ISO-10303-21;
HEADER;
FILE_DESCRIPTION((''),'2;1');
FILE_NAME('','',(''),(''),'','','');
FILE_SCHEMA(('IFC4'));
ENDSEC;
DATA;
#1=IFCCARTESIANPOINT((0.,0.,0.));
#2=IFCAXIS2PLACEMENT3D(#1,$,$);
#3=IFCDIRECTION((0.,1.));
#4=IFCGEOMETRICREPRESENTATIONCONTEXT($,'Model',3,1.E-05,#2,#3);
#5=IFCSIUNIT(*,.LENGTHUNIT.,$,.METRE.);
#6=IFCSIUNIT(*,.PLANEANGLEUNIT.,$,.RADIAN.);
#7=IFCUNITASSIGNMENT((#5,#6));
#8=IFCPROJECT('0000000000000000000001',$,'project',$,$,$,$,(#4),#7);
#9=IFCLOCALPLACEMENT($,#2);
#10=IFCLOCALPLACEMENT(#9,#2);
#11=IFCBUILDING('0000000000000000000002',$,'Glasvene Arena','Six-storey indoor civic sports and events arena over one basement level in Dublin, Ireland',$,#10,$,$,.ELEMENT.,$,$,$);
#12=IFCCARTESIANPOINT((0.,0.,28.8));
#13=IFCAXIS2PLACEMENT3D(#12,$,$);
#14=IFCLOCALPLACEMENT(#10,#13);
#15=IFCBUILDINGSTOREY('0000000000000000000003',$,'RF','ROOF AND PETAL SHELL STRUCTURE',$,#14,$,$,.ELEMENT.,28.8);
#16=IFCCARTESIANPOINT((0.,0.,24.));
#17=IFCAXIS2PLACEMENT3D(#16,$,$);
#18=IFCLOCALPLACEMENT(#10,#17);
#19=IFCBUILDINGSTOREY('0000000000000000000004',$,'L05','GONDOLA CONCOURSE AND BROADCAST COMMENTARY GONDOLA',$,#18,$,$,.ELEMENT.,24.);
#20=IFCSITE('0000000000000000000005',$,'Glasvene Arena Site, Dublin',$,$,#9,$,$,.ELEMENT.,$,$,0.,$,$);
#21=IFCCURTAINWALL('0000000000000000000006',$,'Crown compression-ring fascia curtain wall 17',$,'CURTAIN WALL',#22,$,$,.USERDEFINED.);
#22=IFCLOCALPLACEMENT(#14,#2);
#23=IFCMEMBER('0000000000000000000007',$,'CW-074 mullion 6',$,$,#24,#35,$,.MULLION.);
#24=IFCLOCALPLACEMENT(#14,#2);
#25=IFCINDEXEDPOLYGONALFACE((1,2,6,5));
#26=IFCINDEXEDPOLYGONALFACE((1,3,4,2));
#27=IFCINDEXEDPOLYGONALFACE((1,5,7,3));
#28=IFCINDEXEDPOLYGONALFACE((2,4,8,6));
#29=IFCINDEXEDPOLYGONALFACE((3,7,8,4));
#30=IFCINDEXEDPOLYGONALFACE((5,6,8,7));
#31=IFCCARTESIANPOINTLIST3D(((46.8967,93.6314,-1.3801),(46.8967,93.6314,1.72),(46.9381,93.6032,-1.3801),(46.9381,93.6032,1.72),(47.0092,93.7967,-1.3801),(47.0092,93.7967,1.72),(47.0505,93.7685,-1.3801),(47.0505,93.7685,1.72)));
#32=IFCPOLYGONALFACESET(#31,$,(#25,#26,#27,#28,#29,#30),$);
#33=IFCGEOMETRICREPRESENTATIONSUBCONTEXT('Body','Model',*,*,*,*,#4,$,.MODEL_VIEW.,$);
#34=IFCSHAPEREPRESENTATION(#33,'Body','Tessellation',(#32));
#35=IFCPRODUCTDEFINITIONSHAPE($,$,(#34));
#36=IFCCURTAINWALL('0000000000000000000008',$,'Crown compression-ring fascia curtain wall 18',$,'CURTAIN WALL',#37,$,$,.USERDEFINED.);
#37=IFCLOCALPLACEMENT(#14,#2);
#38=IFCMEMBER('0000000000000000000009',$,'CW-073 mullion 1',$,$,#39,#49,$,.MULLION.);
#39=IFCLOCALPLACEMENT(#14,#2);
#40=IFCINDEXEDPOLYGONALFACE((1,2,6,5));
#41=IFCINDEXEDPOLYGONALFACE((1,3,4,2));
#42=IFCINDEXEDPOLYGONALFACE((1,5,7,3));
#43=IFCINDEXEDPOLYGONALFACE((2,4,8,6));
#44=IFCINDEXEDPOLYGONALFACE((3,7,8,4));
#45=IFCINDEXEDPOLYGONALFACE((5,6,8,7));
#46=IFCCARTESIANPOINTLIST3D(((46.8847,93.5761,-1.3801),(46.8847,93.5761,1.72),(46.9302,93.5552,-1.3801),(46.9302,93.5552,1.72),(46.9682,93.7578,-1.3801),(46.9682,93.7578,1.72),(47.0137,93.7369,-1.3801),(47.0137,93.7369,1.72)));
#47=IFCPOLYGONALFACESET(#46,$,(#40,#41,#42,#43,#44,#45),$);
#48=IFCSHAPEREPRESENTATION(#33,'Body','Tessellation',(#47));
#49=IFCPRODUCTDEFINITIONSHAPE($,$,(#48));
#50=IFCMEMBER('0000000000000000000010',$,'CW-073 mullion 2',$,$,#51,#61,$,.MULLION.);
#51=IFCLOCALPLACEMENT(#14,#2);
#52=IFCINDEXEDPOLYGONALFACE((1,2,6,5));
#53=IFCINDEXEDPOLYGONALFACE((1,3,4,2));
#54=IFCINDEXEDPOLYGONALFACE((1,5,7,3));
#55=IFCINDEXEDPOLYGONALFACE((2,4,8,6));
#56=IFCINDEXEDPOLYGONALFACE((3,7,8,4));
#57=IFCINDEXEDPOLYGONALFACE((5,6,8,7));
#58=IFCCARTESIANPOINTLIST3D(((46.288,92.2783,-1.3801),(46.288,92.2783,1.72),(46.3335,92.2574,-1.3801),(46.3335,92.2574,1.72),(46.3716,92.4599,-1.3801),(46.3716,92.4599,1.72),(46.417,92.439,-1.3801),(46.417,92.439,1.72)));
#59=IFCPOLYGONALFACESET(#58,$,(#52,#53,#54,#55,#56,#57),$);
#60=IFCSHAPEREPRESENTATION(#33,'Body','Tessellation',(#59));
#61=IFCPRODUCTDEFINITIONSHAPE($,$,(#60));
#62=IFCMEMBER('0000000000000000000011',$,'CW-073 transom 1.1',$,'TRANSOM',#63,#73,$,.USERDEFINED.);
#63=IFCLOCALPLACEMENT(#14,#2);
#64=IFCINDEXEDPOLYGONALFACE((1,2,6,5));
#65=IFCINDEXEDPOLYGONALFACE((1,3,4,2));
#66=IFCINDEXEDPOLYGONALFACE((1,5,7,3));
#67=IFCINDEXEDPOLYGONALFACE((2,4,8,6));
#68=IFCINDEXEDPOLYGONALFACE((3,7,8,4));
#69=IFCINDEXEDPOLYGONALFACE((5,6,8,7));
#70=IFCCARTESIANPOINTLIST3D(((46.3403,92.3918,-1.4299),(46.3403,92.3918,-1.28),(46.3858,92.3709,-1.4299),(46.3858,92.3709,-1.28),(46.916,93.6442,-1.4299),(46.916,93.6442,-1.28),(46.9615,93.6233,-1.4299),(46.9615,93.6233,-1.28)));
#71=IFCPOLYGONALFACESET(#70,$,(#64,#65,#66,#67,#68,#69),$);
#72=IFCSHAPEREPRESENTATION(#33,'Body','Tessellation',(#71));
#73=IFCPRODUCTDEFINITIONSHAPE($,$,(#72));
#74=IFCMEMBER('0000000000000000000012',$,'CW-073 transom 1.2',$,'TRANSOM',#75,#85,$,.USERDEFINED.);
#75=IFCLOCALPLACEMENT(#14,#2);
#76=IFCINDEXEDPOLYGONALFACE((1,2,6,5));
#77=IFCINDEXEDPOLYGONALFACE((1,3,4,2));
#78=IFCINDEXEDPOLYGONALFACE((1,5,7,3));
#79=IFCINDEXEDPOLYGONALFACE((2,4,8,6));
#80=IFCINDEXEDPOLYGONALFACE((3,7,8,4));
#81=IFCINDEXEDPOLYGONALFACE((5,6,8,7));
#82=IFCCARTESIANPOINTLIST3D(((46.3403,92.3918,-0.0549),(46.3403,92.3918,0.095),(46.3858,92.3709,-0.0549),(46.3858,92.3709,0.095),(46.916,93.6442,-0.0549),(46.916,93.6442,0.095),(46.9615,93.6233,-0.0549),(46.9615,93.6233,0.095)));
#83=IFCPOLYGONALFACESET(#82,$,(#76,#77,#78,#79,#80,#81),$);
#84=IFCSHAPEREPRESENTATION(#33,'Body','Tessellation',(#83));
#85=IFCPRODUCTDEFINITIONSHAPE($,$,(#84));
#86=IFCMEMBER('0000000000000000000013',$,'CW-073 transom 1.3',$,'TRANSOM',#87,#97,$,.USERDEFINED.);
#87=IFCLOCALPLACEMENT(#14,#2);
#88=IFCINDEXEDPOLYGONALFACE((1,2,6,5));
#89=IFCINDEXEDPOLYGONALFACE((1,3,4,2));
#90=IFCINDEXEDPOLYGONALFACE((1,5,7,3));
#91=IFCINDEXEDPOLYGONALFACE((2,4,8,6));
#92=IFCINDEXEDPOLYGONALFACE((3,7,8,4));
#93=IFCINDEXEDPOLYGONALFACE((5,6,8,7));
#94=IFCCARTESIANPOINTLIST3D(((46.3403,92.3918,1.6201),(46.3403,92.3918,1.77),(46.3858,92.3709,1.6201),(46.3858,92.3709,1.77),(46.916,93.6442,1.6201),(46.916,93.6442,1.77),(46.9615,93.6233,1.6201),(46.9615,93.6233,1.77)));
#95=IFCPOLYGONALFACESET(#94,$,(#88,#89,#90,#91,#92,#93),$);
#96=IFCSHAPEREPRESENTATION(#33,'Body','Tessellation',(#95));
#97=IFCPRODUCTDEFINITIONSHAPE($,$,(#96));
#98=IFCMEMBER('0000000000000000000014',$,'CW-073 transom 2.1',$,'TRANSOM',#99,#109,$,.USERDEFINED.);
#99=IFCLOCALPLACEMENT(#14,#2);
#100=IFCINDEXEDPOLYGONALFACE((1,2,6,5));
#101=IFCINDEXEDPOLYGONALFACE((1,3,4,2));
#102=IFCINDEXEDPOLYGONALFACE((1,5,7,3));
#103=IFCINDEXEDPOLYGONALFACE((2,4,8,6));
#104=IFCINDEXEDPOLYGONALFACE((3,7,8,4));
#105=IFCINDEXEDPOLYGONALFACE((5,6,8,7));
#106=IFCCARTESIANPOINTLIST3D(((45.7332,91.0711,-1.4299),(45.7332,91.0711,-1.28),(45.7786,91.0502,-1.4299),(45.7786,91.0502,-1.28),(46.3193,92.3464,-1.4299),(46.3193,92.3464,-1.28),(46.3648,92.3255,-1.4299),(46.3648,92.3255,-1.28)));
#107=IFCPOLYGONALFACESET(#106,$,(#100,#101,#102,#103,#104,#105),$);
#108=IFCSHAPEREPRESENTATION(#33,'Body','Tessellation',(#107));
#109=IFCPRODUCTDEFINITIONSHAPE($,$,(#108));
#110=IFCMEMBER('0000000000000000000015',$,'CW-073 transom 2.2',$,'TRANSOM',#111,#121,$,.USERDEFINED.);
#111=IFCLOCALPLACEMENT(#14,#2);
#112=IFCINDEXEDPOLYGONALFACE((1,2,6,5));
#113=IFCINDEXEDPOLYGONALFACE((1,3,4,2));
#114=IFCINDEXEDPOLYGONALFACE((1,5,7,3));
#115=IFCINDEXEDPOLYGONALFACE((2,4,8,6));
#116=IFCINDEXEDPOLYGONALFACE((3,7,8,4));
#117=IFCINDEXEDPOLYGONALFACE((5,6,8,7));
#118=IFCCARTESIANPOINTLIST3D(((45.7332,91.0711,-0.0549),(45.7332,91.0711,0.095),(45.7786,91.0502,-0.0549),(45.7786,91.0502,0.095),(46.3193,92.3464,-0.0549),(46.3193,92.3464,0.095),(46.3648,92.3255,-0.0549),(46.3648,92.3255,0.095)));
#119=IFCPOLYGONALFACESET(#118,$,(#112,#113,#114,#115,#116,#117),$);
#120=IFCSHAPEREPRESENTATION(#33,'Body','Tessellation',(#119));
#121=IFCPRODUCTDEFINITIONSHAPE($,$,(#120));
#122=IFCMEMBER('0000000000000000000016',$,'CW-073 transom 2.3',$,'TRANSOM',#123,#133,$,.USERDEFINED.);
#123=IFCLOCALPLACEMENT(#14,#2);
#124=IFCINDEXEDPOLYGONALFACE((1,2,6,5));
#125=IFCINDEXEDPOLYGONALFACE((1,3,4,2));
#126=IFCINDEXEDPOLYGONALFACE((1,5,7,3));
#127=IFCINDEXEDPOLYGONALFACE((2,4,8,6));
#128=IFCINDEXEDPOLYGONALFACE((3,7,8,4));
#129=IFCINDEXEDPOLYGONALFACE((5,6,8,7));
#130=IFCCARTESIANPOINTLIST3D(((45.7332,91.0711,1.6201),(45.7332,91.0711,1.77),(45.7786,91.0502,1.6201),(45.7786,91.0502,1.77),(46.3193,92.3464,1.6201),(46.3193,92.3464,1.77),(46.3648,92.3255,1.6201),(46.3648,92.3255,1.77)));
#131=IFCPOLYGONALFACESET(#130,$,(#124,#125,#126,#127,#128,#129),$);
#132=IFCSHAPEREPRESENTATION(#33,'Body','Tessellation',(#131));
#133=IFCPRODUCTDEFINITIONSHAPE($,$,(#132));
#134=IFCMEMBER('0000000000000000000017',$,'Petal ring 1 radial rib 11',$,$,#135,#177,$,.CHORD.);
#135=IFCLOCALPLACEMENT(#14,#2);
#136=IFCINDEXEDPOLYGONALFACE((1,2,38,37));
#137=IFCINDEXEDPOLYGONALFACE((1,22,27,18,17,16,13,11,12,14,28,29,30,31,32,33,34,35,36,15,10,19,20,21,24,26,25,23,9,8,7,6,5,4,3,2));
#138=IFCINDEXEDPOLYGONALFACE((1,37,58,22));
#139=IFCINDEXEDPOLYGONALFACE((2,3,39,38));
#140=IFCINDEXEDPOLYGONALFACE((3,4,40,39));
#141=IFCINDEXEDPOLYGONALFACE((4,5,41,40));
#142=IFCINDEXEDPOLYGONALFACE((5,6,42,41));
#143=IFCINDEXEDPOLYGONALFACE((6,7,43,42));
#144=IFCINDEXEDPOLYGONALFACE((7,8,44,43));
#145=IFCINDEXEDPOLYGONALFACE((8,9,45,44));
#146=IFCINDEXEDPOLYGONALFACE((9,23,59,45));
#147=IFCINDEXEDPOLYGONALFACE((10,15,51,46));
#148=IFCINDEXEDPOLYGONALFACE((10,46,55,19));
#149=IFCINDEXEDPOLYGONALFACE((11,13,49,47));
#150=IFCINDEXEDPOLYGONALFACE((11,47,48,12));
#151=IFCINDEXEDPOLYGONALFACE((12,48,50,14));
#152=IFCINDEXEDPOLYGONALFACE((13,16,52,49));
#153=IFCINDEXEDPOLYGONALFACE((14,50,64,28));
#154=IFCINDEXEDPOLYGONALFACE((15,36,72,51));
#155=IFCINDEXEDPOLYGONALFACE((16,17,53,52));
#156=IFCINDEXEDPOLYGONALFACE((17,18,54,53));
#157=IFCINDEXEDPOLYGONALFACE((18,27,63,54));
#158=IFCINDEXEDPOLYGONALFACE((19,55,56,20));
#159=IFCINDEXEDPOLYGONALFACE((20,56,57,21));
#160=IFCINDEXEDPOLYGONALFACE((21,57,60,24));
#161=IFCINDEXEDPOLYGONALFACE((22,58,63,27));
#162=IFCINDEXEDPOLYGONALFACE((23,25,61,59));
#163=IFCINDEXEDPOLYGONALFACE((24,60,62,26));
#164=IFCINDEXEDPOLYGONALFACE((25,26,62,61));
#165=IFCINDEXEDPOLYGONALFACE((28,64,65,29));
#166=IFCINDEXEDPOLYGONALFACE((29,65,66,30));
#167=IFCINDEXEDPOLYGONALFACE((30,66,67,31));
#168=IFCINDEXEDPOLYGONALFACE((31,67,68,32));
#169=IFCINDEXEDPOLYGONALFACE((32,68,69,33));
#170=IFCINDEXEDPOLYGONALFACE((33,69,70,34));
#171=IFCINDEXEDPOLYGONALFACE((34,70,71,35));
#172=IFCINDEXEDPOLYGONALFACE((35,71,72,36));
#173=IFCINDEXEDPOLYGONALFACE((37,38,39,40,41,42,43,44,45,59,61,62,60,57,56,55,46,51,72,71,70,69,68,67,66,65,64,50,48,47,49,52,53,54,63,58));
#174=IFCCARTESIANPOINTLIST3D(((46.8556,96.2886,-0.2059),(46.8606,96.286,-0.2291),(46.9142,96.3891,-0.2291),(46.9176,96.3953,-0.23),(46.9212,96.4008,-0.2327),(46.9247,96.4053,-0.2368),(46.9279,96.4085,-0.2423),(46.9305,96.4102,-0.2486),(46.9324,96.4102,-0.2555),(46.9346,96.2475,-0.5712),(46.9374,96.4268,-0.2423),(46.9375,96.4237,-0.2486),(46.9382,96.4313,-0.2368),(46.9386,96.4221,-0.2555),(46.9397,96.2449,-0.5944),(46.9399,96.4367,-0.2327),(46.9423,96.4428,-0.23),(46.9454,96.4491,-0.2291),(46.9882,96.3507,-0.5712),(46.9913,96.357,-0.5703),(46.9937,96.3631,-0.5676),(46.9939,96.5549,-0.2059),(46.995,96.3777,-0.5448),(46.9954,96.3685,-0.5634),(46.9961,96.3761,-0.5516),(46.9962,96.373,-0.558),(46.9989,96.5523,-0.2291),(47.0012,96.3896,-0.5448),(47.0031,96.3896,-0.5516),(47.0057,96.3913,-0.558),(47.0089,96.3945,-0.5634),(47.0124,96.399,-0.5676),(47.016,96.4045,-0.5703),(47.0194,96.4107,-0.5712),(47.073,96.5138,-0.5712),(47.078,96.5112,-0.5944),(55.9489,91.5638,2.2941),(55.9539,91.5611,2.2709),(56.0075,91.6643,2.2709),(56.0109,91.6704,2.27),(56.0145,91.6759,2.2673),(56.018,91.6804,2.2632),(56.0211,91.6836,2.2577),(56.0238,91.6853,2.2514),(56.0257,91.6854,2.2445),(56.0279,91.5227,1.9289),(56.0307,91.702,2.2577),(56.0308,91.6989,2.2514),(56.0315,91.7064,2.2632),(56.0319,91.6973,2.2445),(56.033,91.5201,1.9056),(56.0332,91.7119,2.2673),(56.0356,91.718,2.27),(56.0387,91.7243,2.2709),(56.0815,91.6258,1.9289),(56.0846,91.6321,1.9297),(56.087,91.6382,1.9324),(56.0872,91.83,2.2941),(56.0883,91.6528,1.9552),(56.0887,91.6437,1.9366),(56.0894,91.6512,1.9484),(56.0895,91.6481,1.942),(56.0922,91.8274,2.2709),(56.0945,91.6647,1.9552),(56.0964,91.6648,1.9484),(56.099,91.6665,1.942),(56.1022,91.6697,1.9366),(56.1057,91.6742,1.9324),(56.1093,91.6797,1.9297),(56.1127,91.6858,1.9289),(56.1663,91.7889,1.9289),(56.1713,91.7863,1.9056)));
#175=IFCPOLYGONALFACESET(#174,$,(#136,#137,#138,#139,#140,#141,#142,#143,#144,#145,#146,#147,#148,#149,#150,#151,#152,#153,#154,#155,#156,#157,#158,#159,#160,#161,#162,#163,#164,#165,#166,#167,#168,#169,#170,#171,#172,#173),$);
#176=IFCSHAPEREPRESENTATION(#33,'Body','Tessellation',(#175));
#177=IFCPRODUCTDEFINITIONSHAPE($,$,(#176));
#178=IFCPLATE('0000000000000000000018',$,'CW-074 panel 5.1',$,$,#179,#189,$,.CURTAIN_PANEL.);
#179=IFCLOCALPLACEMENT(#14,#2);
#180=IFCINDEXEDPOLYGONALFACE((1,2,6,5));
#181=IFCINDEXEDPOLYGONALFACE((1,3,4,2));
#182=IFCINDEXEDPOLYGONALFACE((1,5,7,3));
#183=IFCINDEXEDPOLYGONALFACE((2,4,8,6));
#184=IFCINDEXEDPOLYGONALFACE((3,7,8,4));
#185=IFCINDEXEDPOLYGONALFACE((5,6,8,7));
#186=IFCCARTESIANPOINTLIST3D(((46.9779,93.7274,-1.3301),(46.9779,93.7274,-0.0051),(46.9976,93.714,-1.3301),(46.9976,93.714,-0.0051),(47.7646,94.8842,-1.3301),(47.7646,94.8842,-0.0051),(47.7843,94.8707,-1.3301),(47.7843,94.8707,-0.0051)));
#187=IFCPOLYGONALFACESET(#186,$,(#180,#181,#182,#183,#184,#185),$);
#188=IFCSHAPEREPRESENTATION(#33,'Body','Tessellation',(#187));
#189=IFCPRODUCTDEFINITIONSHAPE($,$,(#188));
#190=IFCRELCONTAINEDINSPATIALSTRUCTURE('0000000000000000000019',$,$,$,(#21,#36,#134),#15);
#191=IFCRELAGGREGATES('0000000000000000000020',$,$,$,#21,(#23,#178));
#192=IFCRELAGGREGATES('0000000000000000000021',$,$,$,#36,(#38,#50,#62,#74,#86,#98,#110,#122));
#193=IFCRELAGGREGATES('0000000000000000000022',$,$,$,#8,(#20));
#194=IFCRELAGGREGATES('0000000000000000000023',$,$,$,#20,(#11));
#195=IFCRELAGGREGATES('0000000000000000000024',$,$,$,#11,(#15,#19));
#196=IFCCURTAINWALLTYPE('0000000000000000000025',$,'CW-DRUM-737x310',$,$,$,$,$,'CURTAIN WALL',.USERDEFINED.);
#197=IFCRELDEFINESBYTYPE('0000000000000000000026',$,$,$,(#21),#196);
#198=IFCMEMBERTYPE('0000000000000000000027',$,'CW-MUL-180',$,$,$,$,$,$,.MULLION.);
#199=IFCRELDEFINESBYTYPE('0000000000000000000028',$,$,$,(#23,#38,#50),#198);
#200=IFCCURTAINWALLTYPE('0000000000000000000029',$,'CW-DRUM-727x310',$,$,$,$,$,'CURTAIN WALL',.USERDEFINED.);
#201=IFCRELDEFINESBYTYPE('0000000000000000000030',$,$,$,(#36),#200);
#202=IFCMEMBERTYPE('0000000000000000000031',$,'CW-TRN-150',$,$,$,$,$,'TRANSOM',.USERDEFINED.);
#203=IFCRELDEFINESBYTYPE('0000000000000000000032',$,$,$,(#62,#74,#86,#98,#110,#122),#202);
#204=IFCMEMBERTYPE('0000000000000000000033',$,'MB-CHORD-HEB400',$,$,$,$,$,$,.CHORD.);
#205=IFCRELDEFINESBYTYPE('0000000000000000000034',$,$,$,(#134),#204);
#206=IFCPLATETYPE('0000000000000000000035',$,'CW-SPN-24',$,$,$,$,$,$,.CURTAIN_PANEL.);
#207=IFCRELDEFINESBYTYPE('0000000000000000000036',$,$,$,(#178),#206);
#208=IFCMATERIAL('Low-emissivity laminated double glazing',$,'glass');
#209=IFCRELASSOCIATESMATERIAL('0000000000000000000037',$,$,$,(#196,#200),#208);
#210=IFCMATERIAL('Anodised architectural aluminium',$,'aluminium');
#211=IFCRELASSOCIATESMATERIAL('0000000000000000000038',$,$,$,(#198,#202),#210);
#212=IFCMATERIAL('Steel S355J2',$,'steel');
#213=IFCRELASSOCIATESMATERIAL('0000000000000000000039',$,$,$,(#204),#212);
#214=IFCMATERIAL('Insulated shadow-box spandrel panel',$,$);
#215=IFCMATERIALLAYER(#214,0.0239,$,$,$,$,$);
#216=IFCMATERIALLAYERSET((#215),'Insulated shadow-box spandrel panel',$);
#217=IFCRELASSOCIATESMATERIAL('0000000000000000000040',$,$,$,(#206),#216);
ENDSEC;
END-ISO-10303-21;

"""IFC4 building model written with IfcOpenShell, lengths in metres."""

from ifc_helpers import new_model, si_unit, direction, frame, origin, origin_2d, place, context, subcontext, project, spatial, rectangle, i_section, extrude, material, layer, layer_set, material_profile, profile_set, type_object, element, aggregate, save


model = new_model("IFC4")

# Units and contexts
model_context = context("Model", 3, precision=1e-05, world=origin(), true_north=direction((0.0, 1.0)))
body_context = subcontext(model_context, "Body", "Model", "MODEL_VIEW")
ifc_project = project(units=[si_unit("LENGTHUNIT", "METRE"), si_unit("PLANEANGLEUNIT", "RADIAN")], contexts=[model_context])

# Site, building, storey
site_placement = place(None, origin())
site = spatial("IfcSite", under=ifc_project, at=site_placement, Name="Glasvene Arena Site, Dublin", CompositionType="ELEMENT", RefElevation=0.0)
building_placement = place(site_placement, origin())
building = spatial("IfcBuilding", under=site, at=building_placement, Name="Glasvene Arena", Description="Six-storey indoor civic sports and events arena over one basement level in Dublin, Ireland", CompositionType="ELEMENT")
storey_1_placement = place(building_placement, frame((0.0, 0.0, 28.8)))
storey_1 = spatial("IfcBuildingStorey", under=building, at=storey_1_placement, Name="RF", Description="ROOF AND PETAL SHELL STRUCTURE", CompositionType="ELEMENT", Elevation=28.8)

# Curtain wall, member
ifc_material_1 = material(Name="Low-emissivity laminated double glazing", Category="glass")
curtain_wall_type_1 = type_object("IfcCurtainWallType", Name="CW-DRUM-737x310", ElementType="CURTAIN WALL", PredefinedType="USERDEFINED", material=ifc_material_1)
curtain_wall_1_placement = place(storey_1_placement, frame((51.1042, 99.7737, 0.0)))
curtain_wall_1 = element("IfcCurtainWall", 1, at=curtain_wall_1_placement, inside=storey_1, type_object=curtain_wall_type_1, Name="Crown compression-ring fascia curtain wall 17", ObjectType="CURTAIN WALL", PredefinedType="USERDEFINED")
ifc_material_2 = material(Name="Anodised architectural aluminium", Category="aluminium")
ifc_material_profile_1 = material_profile(ifc_material_2, rectangle(XDim=0.05, YDim=0.2, at=origin_2d()), Name="ALU MULLION 50x200")
ifc_profile_set_1 = profile_set([ifc_material_profile_1], Name="Anodised architectural aluminium")
member_type_1 = type_object("IfcMemberType", Name="CW-MUL-180", PredefinedType="MULLION", material=ifc_profile_set_1)
member_1_placement = place(storey_1_placement, frame((46.9736, 93.7, -1.3801), z_axis=(0.0, 0.0, 1.0), x_axis=(0.826896, -0.562354, 0.0)))
member_1 = element("IfcMember", 2, at=member_1_placement, type_object=member_type_1, Name="CW-074 mullion 6", PredefinedType="MULLION", context=body_context, shape_type="SweptSolid", body=[
    extrude(rectangle(XDim=0.05, YDim=0.2, at=origin_2d()), origin(), (0.0, 0.0, 1.0), 3.1001),
])

# Curtain wall, members
curtain_wall_type_2 = type_object("IfcCurtainWallType", Name="CW-DRUM-727x310", ElementType="CURTAIN WALL", PredefinedType="USERDEFINED", material=ifc_material_1)
curtain_wall_2_placement = place(storey_1_placement, frame((46.9597, 93.6792, 0.0)))
curtain_wall_2 = element("IfcCurtainWall", 3, at=curtain_wall_2_placement, inside=storey_1, type_object=curtain_wall_type_2, Name="Crown compression-ring fascia curtain wall 18", ObjectType="CURTAIN WALL", PredefinedType="USERDEFINED")
member_2_placement = place(storey_1_placement, frame((46.9492, 93.6565, -1.3801), z_axis=(0.0, 0.0, 1.0), x_axis=(0.908603, -0.417661, 0.0)))
member_2 = element("IfcMember", 4, at=member_2_placement, type_object=member_type_1, Name="CW-073 mullion 1", PredefinedType="MULLION", context=body_context, shape_type="SweptSolid", body=[
    extrude(rectangle(XDim=0.05, YDim=0.2, at=origin_2d()), origin(), (0.0, 0.0, 1.0), 3.1001),
])
member_3_placement = place(storey_1_placement, frame((46.3525, 92.3586, -1.3801), z_axis=(0.0, 0.0, 1.0), x_axis=(0.908603, -0.417661, 0.0)))
member_3 = element("IfcMember", 5, at=member_3_placement, type_object=member_type_1, Name="CW-073 mullion 2", PredefinedType="MULLION", context=body_context, shape_type="SweptSolid", body=[
    extrude(rectangle(XDim=0.05, YDim=0.2, at=origin_2d()), origin(), (0.0, 0.0, 1.0), 3.1001),
])
ifc_material_profile_2 = material_profile(ifc_material_2, rectangle(XDim=0.05, YDim=0.1499, at=origin_2d()), Name="ALU TRANSOM 50x150")
ifc_profile_set_2 = profile_set([ifc_material_profile_2], Name="Anodised architectural aluminium")
member_type_2 = type_object("IfcMemberType", Name="CW-TRN-150", ElementType="TRANSOM", PredefinedType="USERDEFINED", material=ifc_profile_set_2)
member_4_placement = place(storey_1_placement, frame((46.9387, 93.6338, -1.355), z_axis=(-0.417642, -0.908611, 0.0), x_axis=(0.908611, -0.417642, 0.0)))
member_4 = element("IfcMember", 6, at=member_4_placement, type_object=member_type_2, Name="CW-073 transom 1.1", ObjectType="TRANSOM", PredefinedType="USERDEFINED", context=body_context, shape_type="SweptSolid", body=[
    extrude(rectangle(XDim=0.05, YDim=0.1499, at=origin_2d()), origin(), (0.0, 0.0, 1.0), 1.3784),
])
member_5_placement = place(storey_1_placement, frame((46.9387, 93.6338, 0.02), z_axis=(-0.417642, -0.908611, 0.0), x_axis=(0.908611, -0.417642, 0.0)))
member_5 = element("IfcMember", 7, at=member_5_placement, type_object=member_type_2, Name="CW-073 transom 1.2", ObjectType="TRANSOM", PredefinedType="USERDEFINED", context=body_context, shape_type="SweptSolid", body=[
    extrude(rectangle(XDim=0.05, YDim=0.1499, at=origin_2d()), origin(), (0.0, 0.0, 1.0), 1.3784),
])
member_6_placement = place(storey_1_placement, frame((46.9387, 93.6338, 1.6951), z_axis=(-0.417642, -0.908611, 0.0), x_axis=(0.908611, -0.417642, 0.0)))
member_6 = element("IfcMember", 8, at=member_6_placement, type_object=member_type_2, Name="CW-073 transom 1.3", ObjectType="TRANSOM", PredefinedType="USERDEFINED", context=body_context, shape_type="SweptSolid", body=[
    extrude(rectangle(XDim=0.05, YDim=0.1499, at=origin_2d()), origin(), (0.0, 0.0, 1.0), 1.3784),
])
member_7_placement = place(storey_1_placement, frame((46.342, 92.3359, -1.355), z_axis=(-0.417613, -0.908625, 0.0), x_axis=(0.908625, -0.417613, 0.0)))
member_7 = element("IfcMember", 9, at=member_7_placement, type_object=member_type_2, Name="CW-073 transom 2.1", ObjectType="TRANSOM", PredefinedType="USERDEFINED", context=body_context, shape_type="SweptSolid", body=[
    extrude(rectangle(XDim=0.05, YDim=0.1499, at=origin_2d()), origin(), (0.0, 0.0, 1.0), 1.4036),
])
member_8_placement = place(storey_1_placement, frame((46.342, 92.3359, 0.02), z_axis=(-0.417613, -0.908625, 0.0), x_axis=(0.908625, -0.417613, 0.0)))
member_8 = element("IfcMember", 10, at=member_8_placement, type_object=member_type_2, Name="CW-073 transom 2.2", ObjectType="TRANSOM", PredefinedType="USERDEFINED", context=body_context, shape_type="SweptSolid", body=[
    extrude(rectangle(XDim=0.05, YDim=0.1499, at=origin_2d()), origin(), (0.0, 0.0, 1.0), 1.4036),
])
member_9_placement = place(storey_1_placement, frame((46.342, 92.3359, 1.6951), z_axis=(-0.417613, -0.908625, 0.0), x_axis=(0.908625, -0.417613, 0.0)))
member_9 = element("IfcMember", 11, at=member_9_placement, type_object=member_type_2, Name="CW-073 transom 2.3", ObjectType="TRANSOM", PredefinedType="USERDEFINED", context=body_context, shape_type="SweptSolid", body=[
    extrude(rectangle(XDim=0.05, YDim=0.1499, at=origin_2d()), origin(), (0.0, 0.0, 1.0), 1.4036),
])

# Member
ifc_material_3 = material(Name="Steel S355J2", Category="steel")
ifc_material_profile_3 = material_profile(ifc_material_3, i_section(OverallWidth=0.3, OverallDepth=0.3999, WebThickness=0.0134, FlangeThickness=0.0239, FilletRadius=0.0271, at=origin_2d()), Name="HEB 400")
ifc_profile_set_3 = profile_set([ifc_material_profile_3], Name="Steel S355J2")
member_type_3 = type_object("IfcMemberType", Name="MB-CHORD-HEB400", PredefinedType="CHORD", material=ifc_profile_set_3)
member_10_placement = place(storey_1_placement, frame((46.9668, 96.3999, -0.4001), z_axis=(0.862079, -0.447936, 0.23701), x_axis=(0.461073, 0.887362, 0.0)))
element("IfcMember", 12, at=member_10_placement, inside=storey_1, type_object=member_type_3, Name="Petal ring 1 radial rib 11", PredefinedType="CHORD", context=body_context, shape_type="SweptSolid", body=[
    extrude(i_section(OverallWidth=0.3, OverallDepth=0.3999, WebThickness=0.0134, FlangeThickness=0.0239, FilletRadius=0.0271, at=origin_2d()), origin(), (0.0, 0.0, 1.0), 10.5481),
])

# Plate
ifc_material_4 = material(Name="Insulated shadow-box spandrel panel")
ifc_layer_1 = layer(ifc_material_4, 0.0239)
ifc_layer_set_1 = layer_set([ifc_layer_1], Name="Insulated shadow-box spandrel panel")
plate_type = type_object("IfcPlateType", Name="CW-SPN-24", PredefinedType="CURTAIN_PANEL", material=ifc_layer_set_1)
plate_1_placement = place(storey_1_placement, frame((47.3811, 94.2991, -1.3301), z_axis=(0.0, 0.0, 1.0), x_axis=(-0.562354, -0.826896, 0.0)))
plate_1 = element("IfcPlate", 13, at=plate_1_placement, type_object=plate_type, Name="CW-074 panel 5.1", PredefinedType="CURTAIN_PANEL", context=body_context, shape_type="SweptSolid", body=[
    extrude(rectangle(XDim=1.3989, YDim=0.0239, at=origin_2d()), origin(), (0.0, 0.0, 1.0), 1.325),
])
aggregate(curtain_wall_1, [member_1, plate_1])
aggregate(curtain_wall_2, [member_2, member_3, member_4, member_5, member_6, member_7, member_8, member_9])

# Shared definitions
storey_2_placement = place(building_placement, frame((0.0, 0.0, 24.0)))
storey_2 = spatial("IfcBuildingStorey", under=building, at=storey_2_placement, Name="L05", Description="GONDOLA CONCOURSE AND BROADCAST COMMENTARY GONDOLA", CompositionType="ELEMENT", Elevation=24.0)

save(model, "model.ifc")
